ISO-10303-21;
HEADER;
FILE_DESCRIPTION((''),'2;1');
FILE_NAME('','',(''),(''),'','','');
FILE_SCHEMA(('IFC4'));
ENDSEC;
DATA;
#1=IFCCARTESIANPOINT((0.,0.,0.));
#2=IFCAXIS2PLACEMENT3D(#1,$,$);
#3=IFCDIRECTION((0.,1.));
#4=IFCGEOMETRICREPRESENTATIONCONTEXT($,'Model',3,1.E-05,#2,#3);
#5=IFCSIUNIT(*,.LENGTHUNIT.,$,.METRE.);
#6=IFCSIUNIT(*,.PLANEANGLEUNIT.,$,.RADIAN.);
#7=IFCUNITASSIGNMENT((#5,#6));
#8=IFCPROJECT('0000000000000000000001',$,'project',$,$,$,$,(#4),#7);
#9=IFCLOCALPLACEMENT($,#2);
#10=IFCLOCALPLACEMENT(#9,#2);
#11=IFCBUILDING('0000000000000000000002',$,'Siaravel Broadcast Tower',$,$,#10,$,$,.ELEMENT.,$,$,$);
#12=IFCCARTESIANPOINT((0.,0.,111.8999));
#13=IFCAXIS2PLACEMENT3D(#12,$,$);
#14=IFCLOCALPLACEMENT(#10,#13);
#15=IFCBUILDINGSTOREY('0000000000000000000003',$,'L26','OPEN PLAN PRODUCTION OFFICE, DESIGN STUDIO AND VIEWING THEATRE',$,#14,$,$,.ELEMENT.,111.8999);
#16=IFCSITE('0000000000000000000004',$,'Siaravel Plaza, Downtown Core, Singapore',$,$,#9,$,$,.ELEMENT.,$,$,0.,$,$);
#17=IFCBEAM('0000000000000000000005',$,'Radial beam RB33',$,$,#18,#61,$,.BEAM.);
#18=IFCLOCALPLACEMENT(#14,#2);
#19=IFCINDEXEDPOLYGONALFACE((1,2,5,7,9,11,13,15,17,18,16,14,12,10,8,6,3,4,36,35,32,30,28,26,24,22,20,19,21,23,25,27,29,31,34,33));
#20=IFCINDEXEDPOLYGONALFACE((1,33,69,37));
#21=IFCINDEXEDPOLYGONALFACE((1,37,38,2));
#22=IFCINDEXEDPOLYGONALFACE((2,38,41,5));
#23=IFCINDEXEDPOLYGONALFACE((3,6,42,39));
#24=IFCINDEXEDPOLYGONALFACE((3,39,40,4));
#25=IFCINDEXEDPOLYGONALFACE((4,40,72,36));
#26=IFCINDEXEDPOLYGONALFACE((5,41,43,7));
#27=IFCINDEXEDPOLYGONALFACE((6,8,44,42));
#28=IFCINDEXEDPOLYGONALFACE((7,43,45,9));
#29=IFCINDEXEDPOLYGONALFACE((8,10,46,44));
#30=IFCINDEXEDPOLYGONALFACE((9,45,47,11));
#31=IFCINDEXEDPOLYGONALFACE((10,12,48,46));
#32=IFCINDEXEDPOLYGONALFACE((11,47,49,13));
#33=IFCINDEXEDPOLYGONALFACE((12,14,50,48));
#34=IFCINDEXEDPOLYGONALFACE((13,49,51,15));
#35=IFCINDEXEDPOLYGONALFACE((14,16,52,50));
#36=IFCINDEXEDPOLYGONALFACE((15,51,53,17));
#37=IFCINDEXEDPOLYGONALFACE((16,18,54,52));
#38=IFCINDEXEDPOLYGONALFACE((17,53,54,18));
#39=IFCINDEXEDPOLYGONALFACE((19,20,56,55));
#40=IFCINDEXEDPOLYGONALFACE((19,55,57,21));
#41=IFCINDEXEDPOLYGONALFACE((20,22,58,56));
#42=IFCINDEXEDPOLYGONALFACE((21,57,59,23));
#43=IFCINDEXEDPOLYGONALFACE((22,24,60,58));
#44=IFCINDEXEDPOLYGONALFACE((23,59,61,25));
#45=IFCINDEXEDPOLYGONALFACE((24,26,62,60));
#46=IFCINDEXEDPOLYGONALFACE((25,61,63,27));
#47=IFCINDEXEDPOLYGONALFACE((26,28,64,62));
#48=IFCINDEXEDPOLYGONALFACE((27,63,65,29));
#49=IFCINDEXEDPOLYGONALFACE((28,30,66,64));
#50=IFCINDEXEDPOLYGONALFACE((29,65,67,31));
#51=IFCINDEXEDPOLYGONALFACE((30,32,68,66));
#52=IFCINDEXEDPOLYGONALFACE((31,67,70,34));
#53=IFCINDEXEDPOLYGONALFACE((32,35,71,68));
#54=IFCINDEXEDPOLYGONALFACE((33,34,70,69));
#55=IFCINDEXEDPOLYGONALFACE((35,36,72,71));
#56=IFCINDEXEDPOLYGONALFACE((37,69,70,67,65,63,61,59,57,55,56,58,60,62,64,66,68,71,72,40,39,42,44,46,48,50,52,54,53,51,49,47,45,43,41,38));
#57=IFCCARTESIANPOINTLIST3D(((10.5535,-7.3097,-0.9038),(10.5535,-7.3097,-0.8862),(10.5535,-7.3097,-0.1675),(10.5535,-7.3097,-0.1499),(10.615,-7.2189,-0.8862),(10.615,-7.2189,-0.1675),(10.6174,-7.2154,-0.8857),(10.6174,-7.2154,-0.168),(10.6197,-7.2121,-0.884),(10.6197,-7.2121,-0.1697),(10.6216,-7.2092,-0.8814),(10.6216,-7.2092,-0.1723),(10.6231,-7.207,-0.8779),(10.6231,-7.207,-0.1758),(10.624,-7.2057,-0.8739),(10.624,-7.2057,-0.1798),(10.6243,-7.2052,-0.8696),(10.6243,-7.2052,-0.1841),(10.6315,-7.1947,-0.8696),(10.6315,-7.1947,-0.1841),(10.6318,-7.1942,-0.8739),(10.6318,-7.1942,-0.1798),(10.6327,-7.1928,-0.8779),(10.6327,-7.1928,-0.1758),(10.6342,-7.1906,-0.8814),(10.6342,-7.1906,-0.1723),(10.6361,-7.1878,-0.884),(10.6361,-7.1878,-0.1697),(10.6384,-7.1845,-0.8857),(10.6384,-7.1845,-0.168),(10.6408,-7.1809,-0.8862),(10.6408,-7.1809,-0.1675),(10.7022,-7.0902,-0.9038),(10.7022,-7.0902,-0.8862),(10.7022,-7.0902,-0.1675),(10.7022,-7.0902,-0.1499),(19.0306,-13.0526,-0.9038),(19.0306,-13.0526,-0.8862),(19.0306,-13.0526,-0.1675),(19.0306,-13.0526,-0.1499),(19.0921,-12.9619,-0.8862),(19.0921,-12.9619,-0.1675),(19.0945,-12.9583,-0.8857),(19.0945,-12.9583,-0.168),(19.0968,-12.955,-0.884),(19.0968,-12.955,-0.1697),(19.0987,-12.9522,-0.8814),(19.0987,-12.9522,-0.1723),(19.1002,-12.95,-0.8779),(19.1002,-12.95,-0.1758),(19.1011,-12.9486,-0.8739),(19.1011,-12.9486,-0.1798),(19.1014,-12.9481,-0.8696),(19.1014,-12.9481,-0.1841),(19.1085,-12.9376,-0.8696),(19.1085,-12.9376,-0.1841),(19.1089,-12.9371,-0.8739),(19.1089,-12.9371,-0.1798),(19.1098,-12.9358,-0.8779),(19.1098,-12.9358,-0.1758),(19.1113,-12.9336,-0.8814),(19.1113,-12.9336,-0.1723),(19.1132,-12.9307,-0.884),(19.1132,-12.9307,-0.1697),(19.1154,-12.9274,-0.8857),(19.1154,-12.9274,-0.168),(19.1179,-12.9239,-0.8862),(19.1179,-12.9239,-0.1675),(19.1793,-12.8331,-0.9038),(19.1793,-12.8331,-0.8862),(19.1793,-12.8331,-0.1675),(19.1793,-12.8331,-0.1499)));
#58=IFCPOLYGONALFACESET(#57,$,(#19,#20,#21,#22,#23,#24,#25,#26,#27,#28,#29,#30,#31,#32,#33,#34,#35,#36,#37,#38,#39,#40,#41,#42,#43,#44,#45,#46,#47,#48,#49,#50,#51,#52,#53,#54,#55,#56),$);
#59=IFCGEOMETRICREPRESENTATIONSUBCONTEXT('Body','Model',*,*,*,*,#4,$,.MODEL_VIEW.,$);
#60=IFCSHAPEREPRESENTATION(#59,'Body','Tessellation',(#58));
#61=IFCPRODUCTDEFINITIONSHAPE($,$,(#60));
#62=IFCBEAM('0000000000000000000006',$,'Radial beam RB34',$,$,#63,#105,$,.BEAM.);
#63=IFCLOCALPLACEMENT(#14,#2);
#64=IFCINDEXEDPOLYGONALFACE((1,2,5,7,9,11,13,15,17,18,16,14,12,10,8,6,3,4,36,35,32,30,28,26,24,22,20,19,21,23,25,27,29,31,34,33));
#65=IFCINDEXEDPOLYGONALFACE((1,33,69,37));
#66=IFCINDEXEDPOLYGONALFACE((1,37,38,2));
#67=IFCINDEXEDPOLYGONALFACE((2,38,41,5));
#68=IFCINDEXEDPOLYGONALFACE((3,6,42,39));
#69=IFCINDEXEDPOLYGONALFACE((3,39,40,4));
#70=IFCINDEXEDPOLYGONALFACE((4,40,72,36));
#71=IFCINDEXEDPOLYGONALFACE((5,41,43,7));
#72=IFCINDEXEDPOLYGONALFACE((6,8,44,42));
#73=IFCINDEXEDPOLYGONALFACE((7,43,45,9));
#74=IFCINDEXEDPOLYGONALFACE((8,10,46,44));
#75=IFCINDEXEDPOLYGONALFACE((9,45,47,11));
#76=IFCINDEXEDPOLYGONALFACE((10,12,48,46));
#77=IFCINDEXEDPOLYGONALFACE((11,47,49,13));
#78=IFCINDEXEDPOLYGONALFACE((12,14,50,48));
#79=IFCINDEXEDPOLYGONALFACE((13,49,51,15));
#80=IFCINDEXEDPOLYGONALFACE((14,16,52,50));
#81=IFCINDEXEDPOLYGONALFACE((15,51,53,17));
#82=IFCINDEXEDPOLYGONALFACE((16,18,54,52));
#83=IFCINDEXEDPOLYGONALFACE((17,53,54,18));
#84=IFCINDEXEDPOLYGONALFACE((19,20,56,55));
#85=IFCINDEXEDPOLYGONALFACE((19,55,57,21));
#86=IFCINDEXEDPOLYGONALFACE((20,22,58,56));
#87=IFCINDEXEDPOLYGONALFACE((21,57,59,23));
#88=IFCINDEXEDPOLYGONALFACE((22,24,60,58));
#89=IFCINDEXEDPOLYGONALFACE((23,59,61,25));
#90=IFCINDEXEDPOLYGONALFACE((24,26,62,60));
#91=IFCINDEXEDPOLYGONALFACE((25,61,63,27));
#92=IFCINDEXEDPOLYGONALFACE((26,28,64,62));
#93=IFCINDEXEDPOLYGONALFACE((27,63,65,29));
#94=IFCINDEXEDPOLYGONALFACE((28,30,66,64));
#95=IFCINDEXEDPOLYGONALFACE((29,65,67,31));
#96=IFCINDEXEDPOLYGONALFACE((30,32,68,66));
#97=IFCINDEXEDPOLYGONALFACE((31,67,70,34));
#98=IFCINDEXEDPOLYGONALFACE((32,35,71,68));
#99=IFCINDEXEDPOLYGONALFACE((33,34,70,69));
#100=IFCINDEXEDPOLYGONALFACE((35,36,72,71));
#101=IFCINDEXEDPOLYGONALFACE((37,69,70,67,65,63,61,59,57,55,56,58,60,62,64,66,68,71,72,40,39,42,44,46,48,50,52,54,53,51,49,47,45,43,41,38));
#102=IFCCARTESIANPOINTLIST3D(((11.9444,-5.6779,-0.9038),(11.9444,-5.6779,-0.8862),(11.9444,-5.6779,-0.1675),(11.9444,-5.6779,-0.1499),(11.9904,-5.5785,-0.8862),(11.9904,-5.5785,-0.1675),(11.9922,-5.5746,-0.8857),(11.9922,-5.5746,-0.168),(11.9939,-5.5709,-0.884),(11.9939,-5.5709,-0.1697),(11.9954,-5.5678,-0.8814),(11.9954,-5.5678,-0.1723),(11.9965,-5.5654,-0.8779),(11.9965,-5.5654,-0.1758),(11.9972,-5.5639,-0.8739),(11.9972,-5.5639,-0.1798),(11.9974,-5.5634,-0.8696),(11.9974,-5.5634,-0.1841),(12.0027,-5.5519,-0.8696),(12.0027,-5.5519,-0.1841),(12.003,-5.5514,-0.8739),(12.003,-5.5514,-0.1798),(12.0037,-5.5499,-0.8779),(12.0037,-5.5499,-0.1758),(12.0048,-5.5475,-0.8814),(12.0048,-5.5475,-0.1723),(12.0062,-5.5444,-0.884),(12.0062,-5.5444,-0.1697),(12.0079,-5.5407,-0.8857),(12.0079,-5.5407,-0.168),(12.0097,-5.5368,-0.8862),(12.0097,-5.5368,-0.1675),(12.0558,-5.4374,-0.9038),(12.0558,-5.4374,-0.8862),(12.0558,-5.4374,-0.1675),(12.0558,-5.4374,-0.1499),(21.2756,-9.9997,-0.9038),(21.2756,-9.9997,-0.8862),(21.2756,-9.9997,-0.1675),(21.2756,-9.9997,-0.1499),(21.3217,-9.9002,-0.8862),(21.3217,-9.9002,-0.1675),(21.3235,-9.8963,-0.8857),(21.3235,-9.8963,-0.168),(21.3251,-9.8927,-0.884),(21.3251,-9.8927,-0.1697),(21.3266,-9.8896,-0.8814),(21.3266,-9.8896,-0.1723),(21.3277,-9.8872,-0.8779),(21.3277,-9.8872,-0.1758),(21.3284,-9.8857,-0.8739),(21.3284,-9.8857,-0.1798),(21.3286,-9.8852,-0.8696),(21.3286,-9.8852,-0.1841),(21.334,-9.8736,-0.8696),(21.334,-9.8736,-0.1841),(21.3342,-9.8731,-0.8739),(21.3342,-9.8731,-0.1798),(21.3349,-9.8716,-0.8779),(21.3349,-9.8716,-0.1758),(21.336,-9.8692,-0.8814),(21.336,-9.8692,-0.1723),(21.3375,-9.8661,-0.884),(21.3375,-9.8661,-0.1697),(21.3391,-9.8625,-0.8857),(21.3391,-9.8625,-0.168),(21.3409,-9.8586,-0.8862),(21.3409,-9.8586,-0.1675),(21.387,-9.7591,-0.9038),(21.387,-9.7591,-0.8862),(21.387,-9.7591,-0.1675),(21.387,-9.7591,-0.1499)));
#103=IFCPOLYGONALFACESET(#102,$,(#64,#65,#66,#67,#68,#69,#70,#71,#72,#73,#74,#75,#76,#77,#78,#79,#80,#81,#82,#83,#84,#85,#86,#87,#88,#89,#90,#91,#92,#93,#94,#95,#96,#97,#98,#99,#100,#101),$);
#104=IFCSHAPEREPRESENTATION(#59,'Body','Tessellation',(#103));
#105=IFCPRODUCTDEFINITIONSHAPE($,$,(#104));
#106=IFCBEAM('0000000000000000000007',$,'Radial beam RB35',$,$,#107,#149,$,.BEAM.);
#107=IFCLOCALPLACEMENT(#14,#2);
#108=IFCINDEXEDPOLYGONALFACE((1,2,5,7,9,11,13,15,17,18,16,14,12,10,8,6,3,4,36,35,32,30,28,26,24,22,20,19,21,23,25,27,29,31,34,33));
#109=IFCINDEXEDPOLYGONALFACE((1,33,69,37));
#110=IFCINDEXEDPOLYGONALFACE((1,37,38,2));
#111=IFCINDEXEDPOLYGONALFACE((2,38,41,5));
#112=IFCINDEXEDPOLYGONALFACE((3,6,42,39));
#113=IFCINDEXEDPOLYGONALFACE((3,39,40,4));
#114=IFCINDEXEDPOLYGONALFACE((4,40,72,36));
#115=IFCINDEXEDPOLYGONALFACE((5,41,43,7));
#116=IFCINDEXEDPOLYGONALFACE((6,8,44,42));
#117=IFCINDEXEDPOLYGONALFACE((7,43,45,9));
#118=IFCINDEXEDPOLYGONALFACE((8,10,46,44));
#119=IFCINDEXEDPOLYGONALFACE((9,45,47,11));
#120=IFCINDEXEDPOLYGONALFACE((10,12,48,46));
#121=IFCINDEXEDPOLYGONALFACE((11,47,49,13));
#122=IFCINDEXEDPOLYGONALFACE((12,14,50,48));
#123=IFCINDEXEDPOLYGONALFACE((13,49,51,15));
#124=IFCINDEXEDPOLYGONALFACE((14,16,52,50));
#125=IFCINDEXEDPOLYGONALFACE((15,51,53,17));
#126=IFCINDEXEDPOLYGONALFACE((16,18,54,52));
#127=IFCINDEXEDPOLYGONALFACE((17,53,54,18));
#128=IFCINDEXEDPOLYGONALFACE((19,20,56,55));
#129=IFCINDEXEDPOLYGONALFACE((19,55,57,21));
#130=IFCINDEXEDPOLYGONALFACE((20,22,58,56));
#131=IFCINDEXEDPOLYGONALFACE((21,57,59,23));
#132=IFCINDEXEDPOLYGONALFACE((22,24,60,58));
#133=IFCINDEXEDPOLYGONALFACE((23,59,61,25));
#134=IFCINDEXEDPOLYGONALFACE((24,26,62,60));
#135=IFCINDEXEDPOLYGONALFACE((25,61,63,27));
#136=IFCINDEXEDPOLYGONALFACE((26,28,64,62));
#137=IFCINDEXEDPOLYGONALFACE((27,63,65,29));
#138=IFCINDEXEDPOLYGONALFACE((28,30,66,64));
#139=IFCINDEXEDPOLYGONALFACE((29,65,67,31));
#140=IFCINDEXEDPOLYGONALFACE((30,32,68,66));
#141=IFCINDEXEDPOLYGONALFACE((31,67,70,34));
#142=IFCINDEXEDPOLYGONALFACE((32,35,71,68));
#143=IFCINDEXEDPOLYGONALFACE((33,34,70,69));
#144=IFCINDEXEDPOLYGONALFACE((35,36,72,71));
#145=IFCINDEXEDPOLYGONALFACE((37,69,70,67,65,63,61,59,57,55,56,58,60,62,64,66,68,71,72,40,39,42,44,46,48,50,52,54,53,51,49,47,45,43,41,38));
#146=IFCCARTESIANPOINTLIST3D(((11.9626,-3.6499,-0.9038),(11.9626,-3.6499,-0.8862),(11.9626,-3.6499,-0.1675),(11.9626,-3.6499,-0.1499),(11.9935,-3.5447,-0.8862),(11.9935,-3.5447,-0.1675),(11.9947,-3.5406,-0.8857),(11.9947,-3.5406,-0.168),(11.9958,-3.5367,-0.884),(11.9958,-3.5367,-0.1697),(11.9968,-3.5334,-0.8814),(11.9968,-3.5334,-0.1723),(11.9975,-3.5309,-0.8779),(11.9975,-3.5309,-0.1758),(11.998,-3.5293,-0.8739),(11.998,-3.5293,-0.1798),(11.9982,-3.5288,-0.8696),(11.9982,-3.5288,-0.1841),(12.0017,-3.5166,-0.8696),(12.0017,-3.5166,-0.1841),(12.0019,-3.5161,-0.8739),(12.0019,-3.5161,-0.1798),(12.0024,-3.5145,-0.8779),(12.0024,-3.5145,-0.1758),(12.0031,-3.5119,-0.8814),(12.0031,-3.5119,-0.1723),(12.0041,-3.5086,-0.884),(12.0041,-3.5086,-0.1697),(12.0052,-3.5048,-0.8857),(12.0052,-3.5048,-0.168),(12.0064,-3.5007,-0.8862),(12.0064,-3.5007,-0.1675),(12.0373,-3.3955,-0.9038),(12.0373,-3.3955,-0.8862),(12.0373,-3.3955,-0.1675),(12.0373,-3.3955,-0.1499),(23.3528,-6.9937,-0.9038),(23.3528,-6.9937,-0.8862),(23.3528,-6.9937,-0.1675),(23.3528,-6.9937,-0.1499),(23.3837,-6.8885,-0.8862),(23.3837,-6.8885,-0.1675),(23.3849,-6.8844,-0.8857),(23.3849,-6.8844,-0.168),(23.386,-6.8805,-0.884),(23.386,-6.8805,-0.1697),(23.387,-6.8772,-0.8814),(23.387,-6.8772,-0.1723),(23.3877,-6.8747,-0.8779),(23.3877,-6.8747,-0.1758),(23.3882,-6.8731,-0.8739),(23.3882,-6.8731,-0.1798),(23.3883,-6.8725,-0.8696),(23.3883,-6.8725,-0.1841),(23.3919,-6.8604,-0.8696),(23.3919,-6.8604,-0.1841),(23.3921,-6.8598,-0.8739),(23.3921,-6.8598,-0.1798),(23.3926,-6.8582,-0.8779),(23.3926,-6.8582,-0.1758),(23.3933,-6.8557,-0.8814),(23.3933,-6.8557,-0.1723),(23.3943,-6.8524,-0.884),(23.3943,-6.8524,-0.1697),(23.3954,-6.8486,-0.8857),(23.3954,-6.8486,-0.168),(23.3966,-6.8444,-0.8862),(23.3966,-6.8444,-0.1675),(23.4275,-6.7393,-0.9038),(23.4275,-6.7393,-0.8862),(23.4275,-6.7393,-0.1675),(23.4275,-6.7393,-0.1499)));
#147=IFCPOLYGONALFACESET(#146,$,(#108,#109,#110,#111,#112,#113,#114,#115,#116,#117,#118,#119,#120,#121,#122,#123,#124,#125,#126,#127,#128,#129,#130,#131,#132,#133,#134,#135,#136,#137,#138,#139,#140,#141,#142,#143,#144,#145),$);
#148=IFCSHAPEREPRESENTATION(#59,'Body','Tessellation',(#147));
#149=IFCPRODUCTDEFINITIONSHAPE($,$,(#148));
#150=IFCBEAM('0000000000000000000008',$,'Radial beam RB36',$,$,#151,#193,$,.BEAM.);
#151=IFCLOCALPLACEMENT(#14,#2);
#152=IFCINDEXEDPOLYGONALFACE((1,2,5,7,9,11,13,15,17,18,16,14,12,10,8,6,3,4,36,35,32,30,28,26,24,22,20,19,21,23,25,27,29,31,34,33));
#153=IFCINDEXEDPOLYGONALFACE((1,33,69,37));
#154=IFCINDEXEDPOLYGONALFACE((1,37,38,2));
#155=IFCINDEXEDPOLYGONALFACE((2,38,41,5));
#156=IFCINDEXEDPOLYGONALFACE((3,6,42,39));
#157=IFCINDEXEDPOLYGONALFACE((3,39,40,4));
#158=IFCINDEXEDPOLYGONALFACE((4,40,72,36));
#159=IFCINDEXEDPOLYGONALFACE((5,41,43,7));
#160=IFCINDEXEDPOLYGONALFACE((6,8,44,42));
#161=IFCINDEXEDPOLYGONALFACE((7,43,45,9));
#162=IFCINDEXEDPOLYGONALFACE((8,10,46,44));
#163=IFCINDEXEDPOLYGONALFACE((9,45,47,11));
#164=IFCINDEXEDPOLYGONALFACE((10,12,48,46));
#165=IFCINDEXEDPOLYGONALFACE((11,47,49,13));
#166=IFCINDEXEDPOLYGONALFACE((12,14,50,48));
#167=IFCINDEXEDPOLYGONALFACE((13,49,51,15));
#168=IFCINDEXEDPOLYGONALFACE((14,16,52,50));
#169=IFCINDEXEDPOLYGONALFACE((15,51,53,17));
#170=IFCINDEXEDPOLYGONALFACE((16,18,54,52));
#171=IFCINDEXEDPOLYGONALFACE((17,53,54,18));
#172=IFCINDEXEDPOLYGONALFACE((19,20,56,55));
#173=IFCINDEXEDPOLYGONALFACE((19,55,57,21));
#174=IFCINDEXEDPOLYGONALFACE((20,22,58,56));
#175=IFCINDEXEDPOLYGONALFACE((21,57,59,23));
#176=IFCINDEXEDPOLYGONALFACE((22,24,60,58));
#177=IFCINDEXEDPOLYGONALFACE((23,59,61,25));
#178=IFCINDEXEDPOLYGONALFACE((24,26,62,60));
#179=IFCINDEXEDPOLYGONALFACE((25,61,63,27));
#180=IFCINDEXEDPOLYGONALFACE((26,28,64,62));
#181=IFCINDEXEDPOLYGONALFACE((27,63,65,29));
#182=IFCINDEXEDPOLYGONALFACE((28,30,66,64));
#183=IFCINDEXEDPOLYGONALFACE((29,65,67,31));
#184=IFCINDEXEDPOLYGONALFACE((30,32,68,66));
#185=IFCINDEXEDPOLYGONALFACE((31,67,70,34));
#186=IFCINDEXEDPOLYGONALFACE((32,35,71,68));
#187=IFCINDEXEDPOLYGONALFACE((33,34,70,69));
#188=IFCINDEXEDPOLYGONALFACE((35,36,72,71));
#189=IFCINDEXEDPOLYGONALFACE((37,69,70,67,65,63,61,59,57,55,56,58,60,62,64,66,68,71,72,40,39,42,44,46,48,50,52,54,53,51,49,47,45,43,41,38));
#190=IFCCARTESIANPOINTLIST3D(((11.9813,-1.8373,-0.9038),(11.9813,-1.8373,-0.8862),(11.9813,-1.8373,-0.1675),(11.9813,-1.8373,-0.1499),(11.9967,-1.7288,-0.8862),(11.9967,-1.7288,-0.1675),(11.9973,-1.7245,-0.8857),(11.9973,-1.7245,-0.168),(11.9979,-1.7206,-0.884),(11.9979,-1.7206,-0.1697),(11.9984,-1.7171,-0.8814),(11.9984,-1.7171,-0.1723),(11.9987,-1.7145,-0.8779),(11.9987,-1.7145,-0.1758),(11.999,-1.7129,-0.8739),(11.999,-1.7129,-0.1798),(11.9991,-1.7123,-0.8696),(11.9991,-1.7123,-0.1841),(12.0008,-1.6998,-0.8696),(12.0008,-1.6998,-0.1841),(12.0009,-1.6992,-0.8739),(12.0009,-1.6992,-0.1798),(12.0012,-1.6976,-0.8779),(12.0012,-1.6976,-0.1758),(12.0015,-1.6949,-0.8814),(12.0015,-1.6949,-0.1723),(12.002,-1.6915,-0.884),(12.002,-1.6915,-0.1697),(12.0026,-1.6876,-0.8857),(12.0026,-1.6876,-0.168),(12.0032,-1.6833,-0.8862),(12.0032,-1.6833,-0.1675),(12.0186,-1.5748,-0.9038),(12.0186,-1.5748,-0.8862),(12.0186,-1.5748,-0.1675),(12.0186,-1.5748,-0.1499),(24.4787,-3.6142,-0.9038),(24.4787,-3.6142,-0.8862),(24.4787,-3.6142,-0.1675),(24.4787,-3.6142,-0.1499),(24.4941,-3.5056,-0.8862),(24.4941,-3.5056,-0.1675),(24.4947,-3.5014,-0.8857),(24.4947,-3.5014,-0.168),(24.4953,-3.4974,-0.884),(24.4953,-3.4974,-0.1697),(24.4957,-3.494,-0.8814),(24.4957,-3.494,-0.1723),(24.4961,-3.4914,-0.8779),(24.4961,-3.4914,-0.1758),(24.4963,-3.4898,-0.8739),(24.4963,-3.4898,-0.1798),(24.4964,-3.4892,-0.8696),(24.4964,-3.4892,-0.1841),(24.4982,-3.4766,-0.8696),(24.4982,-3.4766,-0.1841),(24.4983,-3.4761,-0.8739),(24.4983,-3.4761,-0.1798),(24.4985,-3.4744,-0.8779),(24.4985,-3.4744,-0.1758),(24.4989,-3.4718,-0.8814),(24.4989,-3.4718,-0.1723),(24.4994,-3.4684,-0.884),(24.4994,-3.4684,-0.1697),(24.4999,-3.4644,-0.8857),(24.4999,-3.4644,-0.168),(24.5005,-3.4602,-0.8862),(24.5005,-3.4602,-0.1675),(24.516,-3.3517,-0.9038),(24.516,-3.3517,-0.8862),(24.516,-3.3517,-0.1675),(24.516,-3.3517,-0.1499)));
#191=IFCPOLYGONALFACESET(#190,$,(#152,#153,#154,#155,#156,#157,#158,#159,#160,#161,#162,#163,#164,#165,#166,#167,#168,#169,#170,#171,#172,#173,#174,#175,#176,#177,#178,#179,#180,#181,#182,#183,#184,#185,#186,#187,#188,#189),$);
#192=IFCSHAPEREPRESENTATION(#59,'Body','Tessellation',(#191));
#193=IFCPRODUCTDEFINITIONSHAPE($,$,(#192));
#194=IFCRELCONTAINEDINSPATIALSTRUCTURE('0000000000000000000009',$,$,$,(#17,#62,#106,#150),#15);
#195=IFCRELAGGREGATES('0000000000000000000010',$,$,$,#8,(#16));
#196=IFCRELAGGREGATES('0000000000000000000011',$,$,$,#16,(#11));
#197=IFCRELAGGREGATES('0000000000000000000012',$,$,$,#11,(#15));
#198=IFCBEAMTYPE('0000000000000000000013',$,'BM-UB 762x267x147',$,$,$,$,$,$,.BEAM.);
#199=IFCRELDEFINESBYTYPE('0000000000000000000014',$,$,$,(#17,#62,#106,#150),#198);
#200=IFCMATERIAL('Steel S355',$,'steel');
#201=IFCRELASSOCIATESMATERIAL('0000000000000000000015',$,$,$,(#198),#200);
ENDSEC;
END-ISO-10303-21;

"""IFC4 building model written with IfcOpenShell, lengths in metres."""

from ifc_helpers import new_model, si_unit, direction, frame, origin, origin_2d, place, context, subcontext, project, spatial, i_section, extrude, material, material_profile, profile_set, type_object, element, save


model = new_model("IFC4")

# Units and contexts
model_context = context("Model", 3, precision=1e-05, world=origin(), true_north=direction((0.0, 1.0)))
body_context = subcontext(model_context, "Body", "Model", "MODEL_VIEW")
ifc_project = project(units=[si_unit("LENGTHUNIT", "METRE"), si_unit("PLANEANGLEUNIT", "RADIAN")], contexts=[model_context])

# Site, building, storey
site_placement = place(None, origin())
site = spatial("IfcSite", under=ifc_project, at=site_placement, Name="Siaravel Plaza, Downtown Core, Singapore", CompositionType="ELEMENT", RefElevation=0.0)
building_placement = place(site_placement, origin())
building = spatial("IfcBuilding", under=site, at=building_placement, Name="Siaravel Broadcast Tower", CompositionType="ELEMENT")
storey_placement = place(building_placement, frame((0.0, 0.0, 111.8999)))
storey = spatial("IfcBuildingStorey", under=building, at=storey_placement, Name="L26", Description="OPEN PLAN PRODUCTION OFFICE, DESIGN STUDIO AND VIEWING THEATRE", CompositionType="ELEMENT", Elevation=111.8999)

# Beams
ifc_material_1 = material(Name="Steel S355", Category="steel")
ifc_material_profile_1 = material_profile(ifc_material_1, i_section(OverallWidth=0.2651, OverallDepth=0.7539, WebThickness=0.0127, FlangeThickness=0.0176, FilletRadius=0.0166, at=origin_2d()))
ifc_profile_set_1 = profile_set([ifc_material_profile_1], Name="Steel S355")
beam_type = type_object("IfcBeamType", Name="BM-UB 762x267x147", PredefinedType="BEAM", material=ifc_profile_set_1)
beam_1_placement = place(storey_placement, frame((19.105, -12.9429, -0.5269), z_axis=(-0.8279, 0.560875, 0.0), x_axis=(-0.560875, -0.8279, 0.0)))
element("IfcBeam", 1, at=beam_1_placement, inside=storey, type_object=beam_type, Name="Radial beam RB33", PredefinedType="BEAM", context=body_context, shape_type="SweptSolid", body=[
    extrude(i_section(OverallWidth=0.2651, OverallDepth=0.7539, WebThickness=0.0127, FlangeThickness=0.0176, FilletRadius=0.0166, at=origin_2d()), origin(), (0.0, 0.0, 1.0), 10.2393),
])
beam_2_placement = place(storey_placement, frame((21.3313, -9.8794, -0.5269), z_axis=(-0.907403, 0.420262, 0.0), x_axis=(-0.420262, -0.907403, 0.0)))
element("IfcBeam", 2, at=beam_2_placement, inside=storey, type_object=beam_type, Name="Radial beam RB34", PredefinedType="BEAM", context=body_context, shape_type="SweptSolid", body=[
    extrude(i_section(OverallWidth=0.2651, OverallDepth=0.7539, WebThickness=0.0127, FlangeThickness=0.0176, FilletRadius=0.0166, at=origin_2d()), origin(), (0.0, 0.0, 1.0), 10.2834),
])
beam_3_placement = place(storey_placement, frame((23.3901, -6.8665, -0.5269), z_axis=(-0.959509, 0.281679, 0.0), x_axis=(-0.281679, -0.959509, 0.0)))
element("IfcBeam", 3, at=beam_3_placement, inside=storey, type_object=beam_type, Name="Radial beam RB35", PredefinedType="BEAM", context=body_context, shape_type="SweptSolid", body=[
    extrude(i_section(OverallWidth=0.2651, OverallDepth=0.7539, WebThickness=0.0127, FlangeThickness=0.0176, FilletRadius=0.0166, at=origin_2d()), origin(), (0.0, 0.0, 1.0), 11.8708),
])
beam_4_placement = place(storey_placement, frame((24.4973, -3.4829, -0.5269), z_axis=(-0.990043, 0.140763, 0.0), x_axis=(-0.140763, -0.990043, 0.0)))
element("IfcBeam", 4, at=beam_4_placement, inside=storey, type_object=beam_type, Name="Radial beam RB36", PredefinedType="BEAM", context=body_context, shape_type="SweptSolid", body=[
    extrude(i_section(OverallWidth=0.2651, OverallDepth=0.7539, WebThickness=0.0127, FlangeThickness=0.0176, FilletRadius=0.0166, at=origin_2d()), origin(), (0.0, 0.0, 1.0), 12.623),
])

save(model, "model.ifc")
